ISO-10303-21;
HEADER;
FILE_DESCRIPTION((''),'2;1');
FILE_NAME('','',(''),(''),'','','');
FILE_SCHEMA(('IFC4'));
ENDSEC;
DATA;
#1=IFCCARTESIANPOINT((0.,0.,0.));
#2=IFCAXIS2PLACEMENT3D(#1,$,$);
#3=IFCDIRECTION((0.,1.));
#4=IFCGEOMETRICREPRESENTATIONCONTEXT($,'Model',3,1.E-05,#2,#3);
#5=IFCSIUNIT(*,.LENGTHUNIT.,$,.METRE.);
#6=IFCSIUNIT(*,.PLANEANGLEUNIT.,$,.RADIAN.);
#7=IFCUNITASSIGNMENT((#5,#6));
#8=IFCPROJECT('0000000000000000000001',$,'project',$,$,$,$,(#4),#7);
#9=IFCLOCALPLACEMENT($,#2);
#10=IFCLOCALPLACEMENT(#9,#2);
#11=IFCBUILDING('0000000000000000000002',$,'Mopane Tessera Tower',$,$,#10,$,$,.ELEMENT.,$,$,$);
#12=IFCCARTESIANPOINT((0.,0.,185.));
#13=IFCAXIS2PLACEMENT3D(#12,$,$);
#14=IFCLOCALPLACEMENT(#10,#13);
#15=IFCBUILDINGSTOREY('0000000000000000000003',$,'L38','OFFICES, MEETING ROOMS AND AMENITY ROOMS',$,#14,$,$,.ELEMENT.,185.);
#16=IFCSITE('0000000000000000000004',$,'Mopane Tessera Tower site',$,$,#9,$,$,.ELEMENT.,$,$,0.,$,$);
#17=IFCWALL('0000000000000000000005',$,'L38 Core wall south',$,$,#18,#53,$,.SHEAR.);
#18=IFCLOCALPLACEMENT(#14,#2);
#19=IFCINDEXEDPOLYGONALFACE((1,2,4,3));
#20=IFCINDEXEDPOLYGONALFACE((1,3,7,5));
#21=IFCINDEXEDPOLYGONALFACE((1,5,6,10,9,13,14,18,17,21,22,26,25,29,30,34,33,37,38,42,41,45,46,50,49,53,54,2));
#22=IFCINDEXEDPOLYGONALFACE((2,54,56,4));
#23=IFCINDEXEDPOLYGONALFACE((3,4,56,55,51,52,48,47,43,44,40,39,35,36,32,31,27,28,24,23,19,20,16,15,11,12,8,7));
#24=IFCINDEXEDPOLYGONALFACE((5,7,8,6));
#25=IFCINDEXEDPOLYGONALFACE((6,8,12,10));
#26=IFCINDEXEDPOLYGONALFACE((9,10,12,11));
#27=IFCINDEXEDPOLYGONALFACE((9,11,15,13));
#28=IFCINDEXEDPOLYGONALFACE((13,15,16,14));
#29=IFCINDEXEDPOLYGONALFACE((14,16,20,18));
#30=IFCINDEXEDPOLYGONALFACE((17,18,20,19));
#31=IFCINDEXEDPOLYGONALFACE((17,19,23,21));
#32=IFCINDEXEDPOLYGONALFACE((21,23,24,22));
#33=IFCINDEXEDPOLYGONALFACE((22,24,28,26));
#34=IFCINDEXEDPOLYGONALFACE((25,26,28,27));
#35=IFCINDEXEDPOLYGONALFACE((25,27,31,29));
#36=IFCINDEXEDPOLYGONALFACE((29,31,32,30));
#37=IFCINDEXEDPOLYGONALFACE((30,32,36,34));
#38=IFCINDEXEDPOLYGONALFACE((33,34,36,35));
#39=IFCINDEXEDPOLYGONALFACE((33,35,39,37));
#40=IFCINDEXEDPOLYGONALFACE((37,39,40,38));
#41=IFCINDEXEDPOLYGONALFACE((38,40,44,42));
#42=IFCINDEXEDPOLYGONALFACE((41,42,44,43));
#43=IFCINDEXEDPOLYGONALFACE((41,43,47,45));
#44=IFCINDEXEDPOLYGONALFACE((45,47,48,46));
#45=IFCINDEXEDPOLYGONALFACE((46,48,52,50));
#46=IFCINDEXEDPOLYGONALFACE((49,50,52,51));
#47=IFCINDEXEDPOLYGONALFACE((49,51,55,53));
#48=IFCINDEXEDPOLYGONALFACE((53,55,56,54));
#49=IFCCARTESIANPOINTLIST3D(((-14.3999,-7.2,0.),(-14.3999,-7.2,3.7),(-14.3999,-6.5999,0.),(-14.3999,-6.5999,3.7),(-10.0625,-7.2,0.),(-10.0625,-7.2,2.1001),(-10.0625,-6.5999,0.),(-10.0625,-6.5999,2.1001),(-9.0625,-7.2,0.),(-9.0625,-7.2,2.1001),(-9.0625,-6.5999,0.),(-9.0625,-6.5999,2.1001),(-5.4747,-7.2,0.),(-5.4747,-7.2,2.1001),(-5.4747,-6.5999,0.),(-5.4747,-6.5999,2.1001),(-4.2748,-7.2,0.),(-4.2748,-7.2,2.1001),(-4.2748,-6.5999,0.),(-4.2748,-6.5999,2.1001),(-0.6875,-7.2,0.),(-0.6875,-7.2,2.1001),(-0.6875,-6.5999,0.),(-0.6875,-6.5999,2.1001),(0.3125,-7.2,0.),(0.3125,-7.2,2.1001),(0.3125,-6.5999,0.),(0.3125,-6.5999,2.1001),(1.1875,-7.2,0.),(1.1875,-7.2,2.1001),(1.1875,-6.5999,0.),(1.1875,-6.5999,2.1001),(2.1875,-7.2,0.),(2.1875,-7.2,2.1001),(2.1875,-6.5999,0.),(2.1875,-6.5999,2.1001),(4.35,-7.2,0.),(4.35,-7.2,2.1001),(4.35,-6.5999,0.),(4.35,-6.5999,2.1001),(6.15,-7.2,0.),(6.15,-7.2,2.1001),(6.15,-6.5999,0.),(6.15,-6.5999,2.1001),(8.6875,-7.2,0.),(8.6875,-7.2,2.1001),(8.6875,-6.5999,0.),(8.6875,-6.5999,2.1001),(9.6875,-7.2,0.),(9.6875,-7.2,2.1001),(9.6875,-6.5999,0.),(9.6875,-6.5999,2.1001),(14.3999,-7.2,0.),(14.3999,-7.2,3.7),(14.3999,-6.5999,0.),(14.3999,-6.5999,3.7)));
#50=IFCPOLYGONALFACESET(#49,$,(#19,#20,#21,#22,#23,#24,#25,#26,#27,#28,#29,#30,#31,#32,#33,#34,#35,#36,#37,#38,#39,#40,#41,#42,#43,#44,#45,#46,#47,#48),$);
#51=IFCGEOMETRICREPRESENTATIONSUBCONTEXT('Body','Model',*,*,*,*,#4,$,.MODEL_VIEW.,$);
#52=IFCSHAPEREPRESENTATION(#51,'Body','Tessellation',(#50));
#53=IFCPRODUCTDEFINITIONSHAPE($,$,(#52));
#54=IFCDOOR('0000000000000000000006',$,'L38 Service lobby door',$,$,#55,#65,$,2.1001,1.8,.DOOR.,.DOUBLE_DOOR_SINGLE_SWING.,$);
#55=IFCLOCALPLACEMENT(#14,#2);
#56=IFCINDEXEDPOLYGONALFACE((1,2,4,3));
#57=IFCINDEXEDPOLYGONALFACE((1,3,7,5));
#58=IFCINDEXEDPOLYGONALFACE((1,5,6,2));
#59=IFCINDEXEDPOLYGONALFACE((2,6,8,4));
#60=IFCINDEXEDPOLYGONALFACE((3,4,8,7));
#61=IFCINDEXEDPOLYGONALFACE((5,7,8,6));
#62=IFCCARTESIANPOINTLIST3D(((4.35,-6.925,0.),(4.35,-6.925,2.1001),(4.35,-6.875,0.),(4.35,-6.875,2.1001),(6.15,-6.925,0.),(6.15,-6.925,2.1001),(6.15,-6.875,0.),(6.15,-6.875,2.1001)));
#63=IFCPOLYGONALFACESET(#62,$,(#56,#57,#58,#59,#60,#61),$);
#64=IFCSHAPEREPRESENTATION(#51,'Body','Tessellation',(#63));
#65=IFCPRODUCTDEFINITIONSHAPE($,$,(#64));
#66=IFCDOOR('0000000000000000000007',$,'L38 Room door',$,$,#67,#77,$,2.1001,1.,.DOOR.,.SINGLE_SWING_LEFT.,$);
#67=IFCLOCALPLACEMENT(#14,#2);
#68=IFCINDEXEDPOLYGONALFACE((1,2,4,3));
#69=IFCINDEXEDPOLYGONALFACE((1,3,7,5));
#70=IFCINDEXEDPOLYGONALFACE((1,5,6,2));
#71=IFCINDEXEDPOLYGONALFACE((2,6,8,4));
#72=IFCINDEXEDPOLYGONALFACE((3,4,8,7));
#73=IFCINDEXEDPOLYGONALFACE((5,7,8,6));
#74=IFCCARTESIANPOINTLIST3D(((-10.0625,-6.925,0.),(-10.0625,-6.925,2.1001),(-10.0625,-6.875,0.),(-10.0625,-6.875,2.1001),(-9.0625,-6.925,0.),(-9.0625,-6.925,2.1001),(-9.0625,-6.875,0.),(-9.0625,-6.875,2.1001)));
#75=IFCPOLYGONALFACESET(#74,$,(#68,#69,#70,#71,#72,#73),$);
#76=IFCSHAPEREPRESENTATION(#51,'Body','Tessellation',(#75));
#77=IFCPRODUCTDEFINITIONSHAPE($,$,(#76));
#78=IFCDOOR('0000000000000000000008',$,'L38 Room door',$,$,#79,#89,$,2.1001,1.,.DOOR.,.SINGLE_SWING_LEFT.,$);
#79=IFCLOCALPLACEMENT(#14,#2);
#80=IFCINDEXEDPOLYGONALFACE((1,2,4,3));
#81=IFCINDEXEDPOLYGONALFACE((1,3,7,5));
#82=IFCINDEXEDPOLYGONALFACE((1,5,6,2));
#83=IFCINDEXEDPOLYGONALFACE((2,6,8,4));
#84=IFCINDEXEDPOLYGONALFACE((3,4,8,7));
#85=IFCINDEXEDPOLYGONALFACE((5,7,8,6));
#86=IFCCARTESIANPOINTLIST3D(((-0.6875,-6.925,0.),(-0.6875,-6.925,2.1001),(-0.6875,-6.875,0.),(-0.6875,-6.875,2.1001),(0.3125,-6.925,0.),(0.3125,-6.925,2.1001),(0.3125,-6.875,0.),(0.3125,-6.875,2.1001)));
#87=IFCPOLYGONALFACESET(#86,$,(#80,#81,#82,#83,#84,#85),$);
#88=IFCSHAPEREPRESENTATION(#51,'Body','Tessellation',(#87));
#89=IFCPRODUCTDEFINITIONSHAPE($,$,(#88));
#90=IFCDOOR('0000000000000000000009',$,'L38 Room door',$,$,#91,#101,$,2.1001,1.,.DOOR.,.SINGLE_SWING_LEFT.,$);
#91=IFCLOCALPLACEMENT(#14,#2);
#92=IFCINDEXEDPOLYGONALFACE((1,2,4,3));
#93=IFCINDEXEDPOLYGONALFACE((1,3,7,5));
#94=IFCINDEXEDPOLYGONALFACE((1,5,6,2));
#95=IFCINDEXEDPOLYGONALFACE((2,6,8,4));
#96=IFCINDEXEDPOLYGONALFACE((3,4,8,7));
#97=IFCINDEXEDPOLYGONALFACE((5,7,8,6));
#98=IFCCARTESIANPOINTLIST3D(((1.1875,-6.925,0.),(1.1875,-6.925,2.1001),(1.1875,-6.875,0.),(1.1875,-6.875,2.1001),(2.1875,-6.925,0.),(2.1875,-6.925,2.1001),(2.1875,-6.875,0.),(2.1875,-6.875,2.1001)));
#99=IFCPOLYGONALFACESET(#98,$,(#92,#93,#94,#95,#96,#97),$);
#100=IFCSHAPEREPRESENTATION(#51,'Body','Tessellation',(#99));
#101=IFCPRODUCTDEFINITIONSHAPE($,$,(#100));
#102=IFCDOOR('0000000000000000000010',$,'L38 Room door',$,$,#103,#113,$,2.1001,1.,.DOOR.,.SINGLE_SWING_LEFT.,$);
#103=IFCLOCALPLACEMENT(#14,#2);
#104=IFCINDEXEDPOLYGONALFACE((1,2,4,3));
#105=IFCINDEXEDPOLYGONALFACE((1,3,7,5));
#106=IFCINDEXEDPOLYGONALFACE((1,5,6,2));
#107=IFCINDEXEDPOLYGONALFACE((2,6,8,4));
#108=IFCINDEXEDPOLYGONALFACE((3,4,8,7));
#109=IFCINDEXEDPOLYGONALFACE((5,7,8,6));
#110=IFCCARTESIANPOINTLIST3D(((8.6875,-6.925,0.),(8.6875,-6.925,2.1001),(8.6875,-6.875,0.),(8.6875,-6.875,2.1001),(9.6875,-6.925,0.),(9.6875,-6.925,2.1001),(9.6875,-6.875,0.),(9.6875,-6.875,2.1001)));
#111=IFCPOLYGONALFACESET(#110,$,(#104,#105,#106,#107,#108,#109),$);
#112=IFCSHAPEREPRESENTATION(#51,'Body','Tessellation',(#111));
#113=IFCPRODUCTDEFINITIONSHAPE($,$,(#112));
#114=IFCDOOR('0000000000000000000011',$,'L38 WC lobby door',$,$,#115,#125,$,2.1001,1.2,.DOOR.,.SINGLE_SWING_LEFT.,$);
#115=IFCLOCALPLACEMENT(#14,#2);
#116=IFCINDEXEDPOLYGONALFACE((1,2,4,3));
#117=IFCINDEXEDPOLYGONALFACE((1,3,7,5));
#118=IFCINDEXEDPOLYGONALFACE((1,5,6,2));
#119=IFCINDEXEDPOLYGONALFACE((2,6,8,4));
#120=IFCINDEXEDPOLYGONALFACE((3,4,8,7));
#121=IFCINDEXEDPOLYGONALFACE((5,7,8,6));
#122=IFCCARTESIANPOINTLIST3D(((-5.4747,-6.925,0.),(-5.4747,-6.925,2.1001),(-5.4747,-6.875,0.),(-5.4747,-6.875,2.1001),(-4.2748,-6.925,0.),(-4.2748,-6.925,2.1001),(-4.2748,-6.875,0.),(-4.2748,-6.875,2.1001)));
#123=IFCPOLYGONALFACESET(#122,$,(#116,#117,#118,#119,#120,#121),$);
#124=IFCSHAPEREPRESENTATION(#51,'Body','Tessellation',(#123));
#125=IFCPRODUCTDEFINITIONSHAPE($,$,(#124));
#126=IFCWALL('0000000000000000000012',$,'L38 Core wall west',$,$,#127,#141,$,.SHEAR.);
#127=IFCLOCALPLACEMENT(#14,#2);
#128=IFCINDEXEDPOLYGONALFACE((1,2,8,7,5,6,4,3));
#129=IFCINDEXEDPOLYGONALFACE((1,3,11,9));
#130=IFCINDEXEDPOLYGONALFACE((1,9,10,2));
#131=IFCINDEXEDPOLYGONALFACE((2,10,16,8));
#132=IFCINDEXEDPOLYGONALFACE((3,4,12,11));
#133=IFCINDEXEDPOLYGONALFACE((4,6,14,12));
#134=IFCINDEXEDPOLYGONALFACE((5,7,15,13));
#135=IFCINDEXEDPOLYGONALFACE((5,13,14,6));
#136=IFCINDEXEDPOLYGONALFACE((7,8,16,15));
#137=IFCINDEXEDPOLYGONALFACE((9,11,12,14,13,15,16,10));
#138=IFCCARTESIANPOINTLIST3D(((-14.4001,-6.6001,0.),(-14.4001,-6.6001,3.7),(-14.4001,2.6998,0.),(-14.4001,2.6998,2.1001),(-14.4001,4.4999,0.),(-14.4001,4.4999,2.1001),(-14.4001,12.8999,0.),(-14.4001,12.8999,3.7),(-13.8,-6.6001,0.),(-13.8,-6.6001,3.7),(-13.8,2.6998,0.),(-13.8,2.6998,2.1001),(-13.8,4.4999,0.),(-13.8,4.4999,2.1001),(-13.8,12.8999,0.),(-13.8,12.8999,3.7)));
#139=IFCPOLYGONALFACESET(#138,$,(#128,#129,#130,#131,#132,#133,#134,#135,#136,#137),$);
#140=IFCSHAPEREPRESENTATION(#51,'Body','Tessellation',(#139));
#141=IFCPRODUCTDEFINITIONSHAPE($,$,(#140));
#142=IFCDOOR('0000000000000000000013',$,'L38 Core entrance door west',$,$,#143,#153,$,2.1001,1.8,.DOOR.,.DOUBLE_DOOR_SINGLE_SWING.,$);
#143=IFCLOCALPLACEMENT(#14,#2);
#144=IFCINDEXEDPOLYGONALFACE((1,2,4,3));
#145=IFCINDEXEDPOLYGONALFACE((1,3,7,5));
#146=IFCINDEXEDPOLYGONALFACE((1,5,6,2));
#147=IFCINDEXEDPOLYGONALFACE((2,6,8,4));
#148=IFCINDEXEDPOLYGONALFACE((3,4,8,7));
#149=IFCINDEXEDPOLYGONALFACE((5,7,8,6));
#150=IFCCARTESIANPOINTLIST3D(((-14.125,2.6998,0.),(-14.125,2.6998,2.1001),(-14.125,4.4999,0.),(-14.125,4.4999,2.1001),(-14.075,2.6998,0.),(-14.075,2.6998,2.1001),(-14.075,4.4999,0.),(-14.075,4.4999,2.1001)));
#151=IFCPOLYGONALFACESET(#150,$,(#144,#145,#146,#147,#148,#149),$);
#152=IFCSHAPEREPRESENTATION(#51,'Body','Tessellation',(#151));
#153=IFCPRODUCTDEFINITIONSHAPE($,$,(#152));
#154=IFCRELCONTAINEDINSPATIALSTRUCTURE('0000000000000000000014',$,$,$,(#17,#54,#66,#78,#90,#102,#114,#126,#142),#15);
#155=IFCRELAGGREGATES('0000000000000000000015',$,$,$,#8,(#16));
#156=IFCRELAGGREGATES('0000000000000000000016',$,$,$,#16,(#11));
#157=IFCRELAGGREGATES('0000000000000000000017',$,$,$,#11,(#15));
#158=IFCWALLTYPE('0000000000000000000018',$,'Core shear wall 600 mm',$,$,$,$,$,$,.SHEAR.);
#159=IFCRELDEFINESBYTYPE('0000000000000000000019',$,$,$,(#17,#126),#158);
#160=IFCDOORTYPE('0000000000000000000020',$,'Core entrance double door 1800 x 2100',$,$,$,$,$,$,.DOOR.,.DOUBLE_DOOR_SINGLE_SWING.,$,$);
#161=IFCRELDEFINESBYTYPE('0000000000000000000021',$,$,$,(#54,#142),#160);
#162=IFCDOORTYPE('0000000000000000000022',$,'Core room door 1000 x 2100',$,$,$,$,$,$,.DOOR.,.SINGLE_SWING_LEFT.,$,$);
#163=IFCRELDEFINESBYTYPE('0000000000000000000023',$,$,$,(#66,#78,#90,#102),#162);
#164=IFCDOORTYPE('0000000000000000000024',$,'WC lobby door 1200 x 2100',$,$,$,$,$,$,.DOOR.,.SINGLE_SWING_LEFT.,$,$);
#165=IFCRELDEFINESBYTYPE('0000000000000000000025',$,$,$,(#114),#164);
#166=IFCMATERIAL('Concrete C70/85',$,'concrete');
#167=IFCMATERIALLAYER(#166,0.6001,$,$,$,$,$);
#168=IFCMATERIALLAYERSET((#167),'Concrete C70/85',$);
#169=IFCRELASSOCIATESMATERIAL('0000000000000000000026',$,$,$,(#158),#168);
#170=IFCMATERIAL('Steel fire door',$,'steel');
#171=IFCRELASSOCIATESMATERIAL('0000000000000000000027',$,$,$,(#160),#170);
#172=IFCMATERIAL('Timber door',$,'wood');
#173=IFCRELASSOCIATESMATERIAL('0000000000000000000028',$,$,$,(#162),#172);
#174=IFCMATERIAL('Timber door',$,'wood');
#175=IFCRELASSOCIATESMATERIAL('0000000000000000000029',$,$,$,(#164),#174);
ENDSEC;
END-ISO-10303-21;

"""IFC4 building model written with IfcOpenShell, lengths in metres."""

from ifc_helpers import new_model, si_unit, direction, frame, frame_2d, origin, place, context, subcontext, project, spatial, rectangle, extrude, material, layer, layer_set, type_object, element, fill, save


model = new_model("IFC4")

# Units and contexts
model_context = context("Model", 3, precision=1e-05, world=origin(), true_north=direction((0.0, 1.0)))
body_context = subcontext(model_context, "Body", "Model", "MODEL_VIEW")
ifc_project = project(units=[si_unit("LENGTHUNIT", "METRE"), si_unit("PLANEANGLEUNIT", "RADIAN")], contexts=[model_context])

# Site, building, storey
site_placement = place(None, origin())
site = spatial("IfcSite", under=ifc_project, at=site_placement, Name="Mopane Tessera Tower site", CompositionType="ELEMENT", RefElevation=0.0)
building_placement = place(site_placement, origin())
building = spatial("IfcBuilding", under=site, at=building_placement, Name="Mopane Tessera Tower", CompositionType="ELEMENT")
storey_placement = place(building_placement, frame((0.0, 0.0, 185.0)))
storey = spatial("IfcBuildingStorey", under=building, at=storey_placement, Name="L38", Description="OFFICES, MEETING ROOMS AND AMENITY ROOMS", CompositionType="ELEMENT", Elevation=185.0)

# Wall, openings, doors
ifc_material_1 = material(Name="Concrete C70/85", Category="concrete")
ifc_layer_1 = layer(ifc_material_1, 0.6001)
ifc_layer_set_1 = layer_set([ifc_layer_1], Name="Concrete C70/85")
wall_type_1 = type_object("IfcWallType", Name="Core shear wall 600 mm", PredefinedType="SHEAR", material=ifc_layer_set_1)
wall_1_placement = place(storey_placement, frame((-14.3999, -6.8999, 0.0), z_axis=(0.0, 0.0, 1.0), x_axis=(1.0, 0.0, 0.0)))
wall_1 = element("IfcWall", 1, at=wall_1_placement, inside=storey, type_object=wall_type_1, Name="L38 Core wall south", PredefinedType="SHEAR", context=body_context, shape_type="SweptSolid", body=[
    extrude(rectangle(XDim=28.7998, YDim=0.6001, at=frame_2d((14.3999, 0.0))), origin(), (0.0, 0.0, 1.0), 3.7),
])
opening_1_placement = place(wall_1_placement, frame((4.3374, 0.0, 0.0)))
opening_1 = element("IfcOpeningElement", 2, at=opening_1_placement, cuts=wall_1, PredefinedType="OPENING", context=body_context, shape_type="SweptSolid", body=[
    extrude(rectangle(XDim=1.0, YDim=2.1001, at=frame_2d((0.5, 1.05))), frame((0.0, 0.312, 0.0), z_axis=(0.0, -1.0, 0.0), x_axis=(1.0, 0.0, 0.0)), (0.0, 0.0, 1.0), 0.624),
])
opening_2_placement = place(wall_1_placement, frame((8.925, 0.0, 0.0)))
opening_2 = element("IfcOpeningElement", 3, at=opening_2_placement, cuts=wall_1, PredefinedType="OPENING", context=body_context, shape_type="SweptSolid", body=[
    extrude(rectangle(XDim=1.2, YDim=2.1001, at=frame_2d((0.6001, 1.05))), frame((0.0, 0.312, 0.0), z_axis=(0.0, -1.0, 0.0), x_axis=(1.0, 0.0, 0.0)), (0.0, 0.0, 1.0), 0.624),
])
opening_3_placement = place(wall_1_placement, frame((13.7124, 0.0, 0.0)))
opening_3 = element("IfcOpeningElement", 4, at=opening_3_placement, cuts=wall_1, PredefinedType="OPENING", context=body_context, shape_type="SweptSolid", body=[
    extrude(rectangle(XDim=1.0, YDim=2.1001, at=frame_2d((0.5, 1.05))), frame((0.0, 0.312, 0.0), z_axis=(0.0, -1.0, 0.0), x_axis=(1.0, 0.0, 0.0)), (0.0, 0.0, 1.0), 0.624),
])
opening_4_placement = place(wall_1_placement, frame((15.5874, 0.0, 0.0)))
opening_4 = element("IfcOpeningElement", 5, at=opening_4_placement, cuts=wall_1, PredefinedType="OPENING", context=body_context, shape_type="SweptSolid", body=[
    extrude(rectangle(XDim=1.0, YDim=2.1001, at=frame_2d((0.5, 1.05))), frame((0.0, 0.312, 0.0), z_axis=(0.0, -1.0, 0.0), x_axis=(1.0, 0.0, 0.0)), (0.0, 0.0, 1.0), 0.624),
])
opening_5_placement = place(wall_1_placement, frame((18.75, 0.0, 0.0)))
opening_5 = element("IfcOpeningElement", 6, at=opening_5_placement, cuts=wall_1, PredefinedType="OPENING", context=body_context, shape_type="SweptSolid", body=[
    extrude(rectangle(XDim=1.8, YDim=2.1001, at=frame_2d((0.8999, 1.05))), frame((0.0, 0.312, 0.0), z_axis=(0.0, -1.0, 0.0), x_axis=(1.0, 0.0, 0.0)), (0.0, 0.0, 1.0), 0.624),
])
opening_6_placement = place(wall_1_placement, frame((23.0874, 0.0, 0.0)))
opening_6 = element("IfcOpeningElement", 7, at=opening_6_placement, cuts=wall_1, PredefinedType="OPENING", context=body_context, shape_type="SweptSolid", body=[
    extrude(rectangle(XDim=1.0, YDim=2.1001, at=frame_2d((0.5, 1.05))), frame((0.0, 0.312, 0.0), z_axis=(0.0, -1.0, 0.0), x_axis=(1.0, 0.0, 0.0)), (0.0, 0.0, 1.0), 0.624),
])
ifc_material_2 = material(Name="Steel fire door", Category="steel")
door_type_1 = type_object("IfcDoorType", Name="Core entrance double door 1800 x 2100", OperationType="DOUBLE_DOOR_SINGLE_SWING", PredefinedType="DOOR", material=ifc_material_2)
door_1_placement = place(opening_5_placement, origin())
door_1 = element("IfcDoor", 8, at=door_1_placement, inside=storey, type_object=door_type_1, Name="L38 Service lobby door", OperationType="DOUBLE_DOOR_SINGLE_SWING", OverallHeight=2.1001, OverallWidth=1.8, PredefinedType="DOOR", context=body_context, shape_type="SweptSolid", body=[
    extrude(rectangle(XDim=1.8, YDim=2.1001, at=frame_2d((0.8999, 1.05))), frame((0.0, 0.0249, 0.0), z_axis=(0.0, -1.0, 0.0), x_axis=(1.0, 0.0, 0.0)), (0.0, 0.0, 1.0), 0.05),
])
fill(opening_5, door_1)
ifc_material_3 = material(Name="Timber door", Category="wood")
door_type_2 = type_object("IfcDoorType", Name="Core room door 1000 x 2100", OperationType="SINGLE_SWING_LEFT", PredefinedType="DOOR", material=ifc_material_3)
door_2_placement = place(opening_1_placement, origin())
door_2 = element("IfcDoor", 9, at=door_2_placement, inside=storey, type_object=door_type_2, Name="L38 Room door", OperationType="SINGLE_SWING_LEFT", OverallHeight=2.1001, OverallWidth=1.0, PredefinedType="DOOR", context=body_context, shape_type="SweptSolid", body=[
    extrude(rectangle(XDim=1.0, YDim=2.1001, at=frame_2d((0.5, 1.05))), frame((0.0, 0.0249, 0.0), z_axis=(0.0, -1.0, 0.0), x_axis=(1.0, 0.0, 0.0)), (0.0, 0.0, 1.0), 0.05),
])
fill(opening_1, door_2)
door_3_placement = place(opening_3_placement, origin())
door_3 = element("IfcDoor", 10, at=door_3_placement, inside=storey, type_object=door_type_2, Name="L38 Room door", OperationType="SINGLE_SWING_LEFT", OverallHeight=2.1001, OverallWidth=1.0, PredefinedType="DOOR", context=body_context, shape_type="SweptSolid", body=[
    extrude(rectangle(XDim=1.0, YDim=2.1001, at=frame_2d((0.5, 1.05))), frame((0.0, 0.0249, 0.0), z_axis=(0.0, -1.0, 0.0), x_axis=(1.0, 0.0, 0.0)), (0.0, 0.0, 1.0), 0.05),
])
fill(opening_3, door_3)
door_4_placement = place(opening_4_placement, origin())
door_4 = element("IfcDoor", 11, at=door_4_placement, inside=storey, type_object=door_type_2, Name="L38 Room door", OperationType="SINGLE_SWING_LEFT", OverallHeight=2.1001, OverallWidth=1.0, PredefinedType="DOOR", context=body_context, shape_type="SweptSolid", body=[
    extrude(rectangle(XDim=1.0, YDim=2.1001, at=frame_2d((0.5, 1.05))), frame((0.0, 0.0249, 0.0), z_axis=(0.0, -1.0, 0.0), x_axis=(1.0, 0.0, 0.0)), (0.0, 0.0, 1.0), 0.05),
])
fill(opening_4, door_4)
door_5_placement = place(opening_6_placement, origin())
door_5 = element("IfcDoor", 12, at=door_5_placement, inside=storey, type_object=door_type_2, Name="L38 Room door", OperationType="SINGLE_SWING_LEFT", OverallHeight=2.1001, OverallWidth=1.0, PredefinedType="DOOR", context=body_context, shape_type="SweptSolid", body=[
    extrude(rectangle(XDim=1.0, YDim=2.1001, at=frame_2d((0.5, 1.05))), frame((0.0, 0.0249, 0.0), z_axis=(0.0, -1.0, 0.0), x_axis=(1.0, 0.0, 0.0)), (0.0, 0.0, 1.0), 0.05),
])
fill(opening_6, door_5)
ifc_material_4 = material(Name="Timber door", Category="wood")
door_type_3 = type_object("IfcDoorType", Name="WC lobby door 1200 x 2100", OperationType="SINGLE_SWING_LEFT", PredefinedType="DOOR", material=ifc_material_4)
door_6_placement = place(opening_2_placement, origin())
door_6 = element("IfcDoor", 13, at=door_6_placement, inside=storey, type_object=door_type_3, Name="L38 WC lobby door", OperationType="SINGLE_SWING_LEFT", OverallHeight=2.1001, OverallWidth=1.2, PredefinedType="DOOR", context=body_context, shape_type="SweptSolid", body=[
    extrude(rectangle(XDim=1.2, YDim=2.1001, at=frame_2d((0.6001, 1.05))), frame((0.0, 0.0249, 0.0), z_axis=(0.0, -1.0, 0.0), x_axis=(1.0, 0.0, 0.0)), (0.0, 0.0, 1.0), 0.05),
])
fill(opening_2, door_6)

# Wall, opening, door
wall_2_placement = place(storey_placement, frame((-14.1001, -6.6001, 0.0), z_axis=(0.0, 0.0, 1.0), x_axis=(0.0, 1.0, 0.0)))
wall_2 = element("IfcWall", 14, at=wall_2_placement, inside=storey, type_object=wall_type_1, Name="L38 Core wall west", PredefinedType="SHEAR", context=body_context, shape_type="SweptSolid", body=[
    extrude(rectangle(XDim=19.5, YDim=0.6001, at=frame_2d((9.75, 0.0))), origin(), (0.0, 0.0, 1.0), 3.7),
])
opening_7_placement = place(wall_2_placement, frame((9.3, 0.0, 0.0)))
opening_7 = element("IfcOpeningElement", 15, at=opening_7_placement, cuts=wall_2, PredefinedType="OPENING", context=body_context, shape_type="SweptSolid", body=[
    extrude(rectangle(XDim=1.8, YDim=2.1001, at=frame_2d((0.8999, 1.05))), frame((0.0, 0.312, 0.0), z_axis=(0.0, -1.0, 0.0), x_axis=(1.0, 0.0, 0.0)), (0.0, 0.0, 1.0), 0.624),
])
door_7_placement = place(opening_7_placement, origin())
door_7 = element("IfcDoor", 16, at=door_7_placement, inside=storey, type_object=door_type_1, Name="L38 Core entrance door west", OperationType="DOUBLE_DOOR_SINGLE_SWING", OverallHeight=2.1001, OverallWidth=1.8, PredefinedType="DOOR", context=body_context, shape_type="SweptSolid", body=[
    extrude(rectangle(XDim=1.8, YDim=2.1001, at=frame_2d((0.8999, 1.05))), frame((0.0, 0.0249, 0.0), z_axis=(0.0, -1.0, 0.0), x_axis=(1.0, 0.0, 0.0)), (0.0, 0.0, 1.0), 0.05),
])
fill(opening_7, door_7)

save(model, "model.ifc")
